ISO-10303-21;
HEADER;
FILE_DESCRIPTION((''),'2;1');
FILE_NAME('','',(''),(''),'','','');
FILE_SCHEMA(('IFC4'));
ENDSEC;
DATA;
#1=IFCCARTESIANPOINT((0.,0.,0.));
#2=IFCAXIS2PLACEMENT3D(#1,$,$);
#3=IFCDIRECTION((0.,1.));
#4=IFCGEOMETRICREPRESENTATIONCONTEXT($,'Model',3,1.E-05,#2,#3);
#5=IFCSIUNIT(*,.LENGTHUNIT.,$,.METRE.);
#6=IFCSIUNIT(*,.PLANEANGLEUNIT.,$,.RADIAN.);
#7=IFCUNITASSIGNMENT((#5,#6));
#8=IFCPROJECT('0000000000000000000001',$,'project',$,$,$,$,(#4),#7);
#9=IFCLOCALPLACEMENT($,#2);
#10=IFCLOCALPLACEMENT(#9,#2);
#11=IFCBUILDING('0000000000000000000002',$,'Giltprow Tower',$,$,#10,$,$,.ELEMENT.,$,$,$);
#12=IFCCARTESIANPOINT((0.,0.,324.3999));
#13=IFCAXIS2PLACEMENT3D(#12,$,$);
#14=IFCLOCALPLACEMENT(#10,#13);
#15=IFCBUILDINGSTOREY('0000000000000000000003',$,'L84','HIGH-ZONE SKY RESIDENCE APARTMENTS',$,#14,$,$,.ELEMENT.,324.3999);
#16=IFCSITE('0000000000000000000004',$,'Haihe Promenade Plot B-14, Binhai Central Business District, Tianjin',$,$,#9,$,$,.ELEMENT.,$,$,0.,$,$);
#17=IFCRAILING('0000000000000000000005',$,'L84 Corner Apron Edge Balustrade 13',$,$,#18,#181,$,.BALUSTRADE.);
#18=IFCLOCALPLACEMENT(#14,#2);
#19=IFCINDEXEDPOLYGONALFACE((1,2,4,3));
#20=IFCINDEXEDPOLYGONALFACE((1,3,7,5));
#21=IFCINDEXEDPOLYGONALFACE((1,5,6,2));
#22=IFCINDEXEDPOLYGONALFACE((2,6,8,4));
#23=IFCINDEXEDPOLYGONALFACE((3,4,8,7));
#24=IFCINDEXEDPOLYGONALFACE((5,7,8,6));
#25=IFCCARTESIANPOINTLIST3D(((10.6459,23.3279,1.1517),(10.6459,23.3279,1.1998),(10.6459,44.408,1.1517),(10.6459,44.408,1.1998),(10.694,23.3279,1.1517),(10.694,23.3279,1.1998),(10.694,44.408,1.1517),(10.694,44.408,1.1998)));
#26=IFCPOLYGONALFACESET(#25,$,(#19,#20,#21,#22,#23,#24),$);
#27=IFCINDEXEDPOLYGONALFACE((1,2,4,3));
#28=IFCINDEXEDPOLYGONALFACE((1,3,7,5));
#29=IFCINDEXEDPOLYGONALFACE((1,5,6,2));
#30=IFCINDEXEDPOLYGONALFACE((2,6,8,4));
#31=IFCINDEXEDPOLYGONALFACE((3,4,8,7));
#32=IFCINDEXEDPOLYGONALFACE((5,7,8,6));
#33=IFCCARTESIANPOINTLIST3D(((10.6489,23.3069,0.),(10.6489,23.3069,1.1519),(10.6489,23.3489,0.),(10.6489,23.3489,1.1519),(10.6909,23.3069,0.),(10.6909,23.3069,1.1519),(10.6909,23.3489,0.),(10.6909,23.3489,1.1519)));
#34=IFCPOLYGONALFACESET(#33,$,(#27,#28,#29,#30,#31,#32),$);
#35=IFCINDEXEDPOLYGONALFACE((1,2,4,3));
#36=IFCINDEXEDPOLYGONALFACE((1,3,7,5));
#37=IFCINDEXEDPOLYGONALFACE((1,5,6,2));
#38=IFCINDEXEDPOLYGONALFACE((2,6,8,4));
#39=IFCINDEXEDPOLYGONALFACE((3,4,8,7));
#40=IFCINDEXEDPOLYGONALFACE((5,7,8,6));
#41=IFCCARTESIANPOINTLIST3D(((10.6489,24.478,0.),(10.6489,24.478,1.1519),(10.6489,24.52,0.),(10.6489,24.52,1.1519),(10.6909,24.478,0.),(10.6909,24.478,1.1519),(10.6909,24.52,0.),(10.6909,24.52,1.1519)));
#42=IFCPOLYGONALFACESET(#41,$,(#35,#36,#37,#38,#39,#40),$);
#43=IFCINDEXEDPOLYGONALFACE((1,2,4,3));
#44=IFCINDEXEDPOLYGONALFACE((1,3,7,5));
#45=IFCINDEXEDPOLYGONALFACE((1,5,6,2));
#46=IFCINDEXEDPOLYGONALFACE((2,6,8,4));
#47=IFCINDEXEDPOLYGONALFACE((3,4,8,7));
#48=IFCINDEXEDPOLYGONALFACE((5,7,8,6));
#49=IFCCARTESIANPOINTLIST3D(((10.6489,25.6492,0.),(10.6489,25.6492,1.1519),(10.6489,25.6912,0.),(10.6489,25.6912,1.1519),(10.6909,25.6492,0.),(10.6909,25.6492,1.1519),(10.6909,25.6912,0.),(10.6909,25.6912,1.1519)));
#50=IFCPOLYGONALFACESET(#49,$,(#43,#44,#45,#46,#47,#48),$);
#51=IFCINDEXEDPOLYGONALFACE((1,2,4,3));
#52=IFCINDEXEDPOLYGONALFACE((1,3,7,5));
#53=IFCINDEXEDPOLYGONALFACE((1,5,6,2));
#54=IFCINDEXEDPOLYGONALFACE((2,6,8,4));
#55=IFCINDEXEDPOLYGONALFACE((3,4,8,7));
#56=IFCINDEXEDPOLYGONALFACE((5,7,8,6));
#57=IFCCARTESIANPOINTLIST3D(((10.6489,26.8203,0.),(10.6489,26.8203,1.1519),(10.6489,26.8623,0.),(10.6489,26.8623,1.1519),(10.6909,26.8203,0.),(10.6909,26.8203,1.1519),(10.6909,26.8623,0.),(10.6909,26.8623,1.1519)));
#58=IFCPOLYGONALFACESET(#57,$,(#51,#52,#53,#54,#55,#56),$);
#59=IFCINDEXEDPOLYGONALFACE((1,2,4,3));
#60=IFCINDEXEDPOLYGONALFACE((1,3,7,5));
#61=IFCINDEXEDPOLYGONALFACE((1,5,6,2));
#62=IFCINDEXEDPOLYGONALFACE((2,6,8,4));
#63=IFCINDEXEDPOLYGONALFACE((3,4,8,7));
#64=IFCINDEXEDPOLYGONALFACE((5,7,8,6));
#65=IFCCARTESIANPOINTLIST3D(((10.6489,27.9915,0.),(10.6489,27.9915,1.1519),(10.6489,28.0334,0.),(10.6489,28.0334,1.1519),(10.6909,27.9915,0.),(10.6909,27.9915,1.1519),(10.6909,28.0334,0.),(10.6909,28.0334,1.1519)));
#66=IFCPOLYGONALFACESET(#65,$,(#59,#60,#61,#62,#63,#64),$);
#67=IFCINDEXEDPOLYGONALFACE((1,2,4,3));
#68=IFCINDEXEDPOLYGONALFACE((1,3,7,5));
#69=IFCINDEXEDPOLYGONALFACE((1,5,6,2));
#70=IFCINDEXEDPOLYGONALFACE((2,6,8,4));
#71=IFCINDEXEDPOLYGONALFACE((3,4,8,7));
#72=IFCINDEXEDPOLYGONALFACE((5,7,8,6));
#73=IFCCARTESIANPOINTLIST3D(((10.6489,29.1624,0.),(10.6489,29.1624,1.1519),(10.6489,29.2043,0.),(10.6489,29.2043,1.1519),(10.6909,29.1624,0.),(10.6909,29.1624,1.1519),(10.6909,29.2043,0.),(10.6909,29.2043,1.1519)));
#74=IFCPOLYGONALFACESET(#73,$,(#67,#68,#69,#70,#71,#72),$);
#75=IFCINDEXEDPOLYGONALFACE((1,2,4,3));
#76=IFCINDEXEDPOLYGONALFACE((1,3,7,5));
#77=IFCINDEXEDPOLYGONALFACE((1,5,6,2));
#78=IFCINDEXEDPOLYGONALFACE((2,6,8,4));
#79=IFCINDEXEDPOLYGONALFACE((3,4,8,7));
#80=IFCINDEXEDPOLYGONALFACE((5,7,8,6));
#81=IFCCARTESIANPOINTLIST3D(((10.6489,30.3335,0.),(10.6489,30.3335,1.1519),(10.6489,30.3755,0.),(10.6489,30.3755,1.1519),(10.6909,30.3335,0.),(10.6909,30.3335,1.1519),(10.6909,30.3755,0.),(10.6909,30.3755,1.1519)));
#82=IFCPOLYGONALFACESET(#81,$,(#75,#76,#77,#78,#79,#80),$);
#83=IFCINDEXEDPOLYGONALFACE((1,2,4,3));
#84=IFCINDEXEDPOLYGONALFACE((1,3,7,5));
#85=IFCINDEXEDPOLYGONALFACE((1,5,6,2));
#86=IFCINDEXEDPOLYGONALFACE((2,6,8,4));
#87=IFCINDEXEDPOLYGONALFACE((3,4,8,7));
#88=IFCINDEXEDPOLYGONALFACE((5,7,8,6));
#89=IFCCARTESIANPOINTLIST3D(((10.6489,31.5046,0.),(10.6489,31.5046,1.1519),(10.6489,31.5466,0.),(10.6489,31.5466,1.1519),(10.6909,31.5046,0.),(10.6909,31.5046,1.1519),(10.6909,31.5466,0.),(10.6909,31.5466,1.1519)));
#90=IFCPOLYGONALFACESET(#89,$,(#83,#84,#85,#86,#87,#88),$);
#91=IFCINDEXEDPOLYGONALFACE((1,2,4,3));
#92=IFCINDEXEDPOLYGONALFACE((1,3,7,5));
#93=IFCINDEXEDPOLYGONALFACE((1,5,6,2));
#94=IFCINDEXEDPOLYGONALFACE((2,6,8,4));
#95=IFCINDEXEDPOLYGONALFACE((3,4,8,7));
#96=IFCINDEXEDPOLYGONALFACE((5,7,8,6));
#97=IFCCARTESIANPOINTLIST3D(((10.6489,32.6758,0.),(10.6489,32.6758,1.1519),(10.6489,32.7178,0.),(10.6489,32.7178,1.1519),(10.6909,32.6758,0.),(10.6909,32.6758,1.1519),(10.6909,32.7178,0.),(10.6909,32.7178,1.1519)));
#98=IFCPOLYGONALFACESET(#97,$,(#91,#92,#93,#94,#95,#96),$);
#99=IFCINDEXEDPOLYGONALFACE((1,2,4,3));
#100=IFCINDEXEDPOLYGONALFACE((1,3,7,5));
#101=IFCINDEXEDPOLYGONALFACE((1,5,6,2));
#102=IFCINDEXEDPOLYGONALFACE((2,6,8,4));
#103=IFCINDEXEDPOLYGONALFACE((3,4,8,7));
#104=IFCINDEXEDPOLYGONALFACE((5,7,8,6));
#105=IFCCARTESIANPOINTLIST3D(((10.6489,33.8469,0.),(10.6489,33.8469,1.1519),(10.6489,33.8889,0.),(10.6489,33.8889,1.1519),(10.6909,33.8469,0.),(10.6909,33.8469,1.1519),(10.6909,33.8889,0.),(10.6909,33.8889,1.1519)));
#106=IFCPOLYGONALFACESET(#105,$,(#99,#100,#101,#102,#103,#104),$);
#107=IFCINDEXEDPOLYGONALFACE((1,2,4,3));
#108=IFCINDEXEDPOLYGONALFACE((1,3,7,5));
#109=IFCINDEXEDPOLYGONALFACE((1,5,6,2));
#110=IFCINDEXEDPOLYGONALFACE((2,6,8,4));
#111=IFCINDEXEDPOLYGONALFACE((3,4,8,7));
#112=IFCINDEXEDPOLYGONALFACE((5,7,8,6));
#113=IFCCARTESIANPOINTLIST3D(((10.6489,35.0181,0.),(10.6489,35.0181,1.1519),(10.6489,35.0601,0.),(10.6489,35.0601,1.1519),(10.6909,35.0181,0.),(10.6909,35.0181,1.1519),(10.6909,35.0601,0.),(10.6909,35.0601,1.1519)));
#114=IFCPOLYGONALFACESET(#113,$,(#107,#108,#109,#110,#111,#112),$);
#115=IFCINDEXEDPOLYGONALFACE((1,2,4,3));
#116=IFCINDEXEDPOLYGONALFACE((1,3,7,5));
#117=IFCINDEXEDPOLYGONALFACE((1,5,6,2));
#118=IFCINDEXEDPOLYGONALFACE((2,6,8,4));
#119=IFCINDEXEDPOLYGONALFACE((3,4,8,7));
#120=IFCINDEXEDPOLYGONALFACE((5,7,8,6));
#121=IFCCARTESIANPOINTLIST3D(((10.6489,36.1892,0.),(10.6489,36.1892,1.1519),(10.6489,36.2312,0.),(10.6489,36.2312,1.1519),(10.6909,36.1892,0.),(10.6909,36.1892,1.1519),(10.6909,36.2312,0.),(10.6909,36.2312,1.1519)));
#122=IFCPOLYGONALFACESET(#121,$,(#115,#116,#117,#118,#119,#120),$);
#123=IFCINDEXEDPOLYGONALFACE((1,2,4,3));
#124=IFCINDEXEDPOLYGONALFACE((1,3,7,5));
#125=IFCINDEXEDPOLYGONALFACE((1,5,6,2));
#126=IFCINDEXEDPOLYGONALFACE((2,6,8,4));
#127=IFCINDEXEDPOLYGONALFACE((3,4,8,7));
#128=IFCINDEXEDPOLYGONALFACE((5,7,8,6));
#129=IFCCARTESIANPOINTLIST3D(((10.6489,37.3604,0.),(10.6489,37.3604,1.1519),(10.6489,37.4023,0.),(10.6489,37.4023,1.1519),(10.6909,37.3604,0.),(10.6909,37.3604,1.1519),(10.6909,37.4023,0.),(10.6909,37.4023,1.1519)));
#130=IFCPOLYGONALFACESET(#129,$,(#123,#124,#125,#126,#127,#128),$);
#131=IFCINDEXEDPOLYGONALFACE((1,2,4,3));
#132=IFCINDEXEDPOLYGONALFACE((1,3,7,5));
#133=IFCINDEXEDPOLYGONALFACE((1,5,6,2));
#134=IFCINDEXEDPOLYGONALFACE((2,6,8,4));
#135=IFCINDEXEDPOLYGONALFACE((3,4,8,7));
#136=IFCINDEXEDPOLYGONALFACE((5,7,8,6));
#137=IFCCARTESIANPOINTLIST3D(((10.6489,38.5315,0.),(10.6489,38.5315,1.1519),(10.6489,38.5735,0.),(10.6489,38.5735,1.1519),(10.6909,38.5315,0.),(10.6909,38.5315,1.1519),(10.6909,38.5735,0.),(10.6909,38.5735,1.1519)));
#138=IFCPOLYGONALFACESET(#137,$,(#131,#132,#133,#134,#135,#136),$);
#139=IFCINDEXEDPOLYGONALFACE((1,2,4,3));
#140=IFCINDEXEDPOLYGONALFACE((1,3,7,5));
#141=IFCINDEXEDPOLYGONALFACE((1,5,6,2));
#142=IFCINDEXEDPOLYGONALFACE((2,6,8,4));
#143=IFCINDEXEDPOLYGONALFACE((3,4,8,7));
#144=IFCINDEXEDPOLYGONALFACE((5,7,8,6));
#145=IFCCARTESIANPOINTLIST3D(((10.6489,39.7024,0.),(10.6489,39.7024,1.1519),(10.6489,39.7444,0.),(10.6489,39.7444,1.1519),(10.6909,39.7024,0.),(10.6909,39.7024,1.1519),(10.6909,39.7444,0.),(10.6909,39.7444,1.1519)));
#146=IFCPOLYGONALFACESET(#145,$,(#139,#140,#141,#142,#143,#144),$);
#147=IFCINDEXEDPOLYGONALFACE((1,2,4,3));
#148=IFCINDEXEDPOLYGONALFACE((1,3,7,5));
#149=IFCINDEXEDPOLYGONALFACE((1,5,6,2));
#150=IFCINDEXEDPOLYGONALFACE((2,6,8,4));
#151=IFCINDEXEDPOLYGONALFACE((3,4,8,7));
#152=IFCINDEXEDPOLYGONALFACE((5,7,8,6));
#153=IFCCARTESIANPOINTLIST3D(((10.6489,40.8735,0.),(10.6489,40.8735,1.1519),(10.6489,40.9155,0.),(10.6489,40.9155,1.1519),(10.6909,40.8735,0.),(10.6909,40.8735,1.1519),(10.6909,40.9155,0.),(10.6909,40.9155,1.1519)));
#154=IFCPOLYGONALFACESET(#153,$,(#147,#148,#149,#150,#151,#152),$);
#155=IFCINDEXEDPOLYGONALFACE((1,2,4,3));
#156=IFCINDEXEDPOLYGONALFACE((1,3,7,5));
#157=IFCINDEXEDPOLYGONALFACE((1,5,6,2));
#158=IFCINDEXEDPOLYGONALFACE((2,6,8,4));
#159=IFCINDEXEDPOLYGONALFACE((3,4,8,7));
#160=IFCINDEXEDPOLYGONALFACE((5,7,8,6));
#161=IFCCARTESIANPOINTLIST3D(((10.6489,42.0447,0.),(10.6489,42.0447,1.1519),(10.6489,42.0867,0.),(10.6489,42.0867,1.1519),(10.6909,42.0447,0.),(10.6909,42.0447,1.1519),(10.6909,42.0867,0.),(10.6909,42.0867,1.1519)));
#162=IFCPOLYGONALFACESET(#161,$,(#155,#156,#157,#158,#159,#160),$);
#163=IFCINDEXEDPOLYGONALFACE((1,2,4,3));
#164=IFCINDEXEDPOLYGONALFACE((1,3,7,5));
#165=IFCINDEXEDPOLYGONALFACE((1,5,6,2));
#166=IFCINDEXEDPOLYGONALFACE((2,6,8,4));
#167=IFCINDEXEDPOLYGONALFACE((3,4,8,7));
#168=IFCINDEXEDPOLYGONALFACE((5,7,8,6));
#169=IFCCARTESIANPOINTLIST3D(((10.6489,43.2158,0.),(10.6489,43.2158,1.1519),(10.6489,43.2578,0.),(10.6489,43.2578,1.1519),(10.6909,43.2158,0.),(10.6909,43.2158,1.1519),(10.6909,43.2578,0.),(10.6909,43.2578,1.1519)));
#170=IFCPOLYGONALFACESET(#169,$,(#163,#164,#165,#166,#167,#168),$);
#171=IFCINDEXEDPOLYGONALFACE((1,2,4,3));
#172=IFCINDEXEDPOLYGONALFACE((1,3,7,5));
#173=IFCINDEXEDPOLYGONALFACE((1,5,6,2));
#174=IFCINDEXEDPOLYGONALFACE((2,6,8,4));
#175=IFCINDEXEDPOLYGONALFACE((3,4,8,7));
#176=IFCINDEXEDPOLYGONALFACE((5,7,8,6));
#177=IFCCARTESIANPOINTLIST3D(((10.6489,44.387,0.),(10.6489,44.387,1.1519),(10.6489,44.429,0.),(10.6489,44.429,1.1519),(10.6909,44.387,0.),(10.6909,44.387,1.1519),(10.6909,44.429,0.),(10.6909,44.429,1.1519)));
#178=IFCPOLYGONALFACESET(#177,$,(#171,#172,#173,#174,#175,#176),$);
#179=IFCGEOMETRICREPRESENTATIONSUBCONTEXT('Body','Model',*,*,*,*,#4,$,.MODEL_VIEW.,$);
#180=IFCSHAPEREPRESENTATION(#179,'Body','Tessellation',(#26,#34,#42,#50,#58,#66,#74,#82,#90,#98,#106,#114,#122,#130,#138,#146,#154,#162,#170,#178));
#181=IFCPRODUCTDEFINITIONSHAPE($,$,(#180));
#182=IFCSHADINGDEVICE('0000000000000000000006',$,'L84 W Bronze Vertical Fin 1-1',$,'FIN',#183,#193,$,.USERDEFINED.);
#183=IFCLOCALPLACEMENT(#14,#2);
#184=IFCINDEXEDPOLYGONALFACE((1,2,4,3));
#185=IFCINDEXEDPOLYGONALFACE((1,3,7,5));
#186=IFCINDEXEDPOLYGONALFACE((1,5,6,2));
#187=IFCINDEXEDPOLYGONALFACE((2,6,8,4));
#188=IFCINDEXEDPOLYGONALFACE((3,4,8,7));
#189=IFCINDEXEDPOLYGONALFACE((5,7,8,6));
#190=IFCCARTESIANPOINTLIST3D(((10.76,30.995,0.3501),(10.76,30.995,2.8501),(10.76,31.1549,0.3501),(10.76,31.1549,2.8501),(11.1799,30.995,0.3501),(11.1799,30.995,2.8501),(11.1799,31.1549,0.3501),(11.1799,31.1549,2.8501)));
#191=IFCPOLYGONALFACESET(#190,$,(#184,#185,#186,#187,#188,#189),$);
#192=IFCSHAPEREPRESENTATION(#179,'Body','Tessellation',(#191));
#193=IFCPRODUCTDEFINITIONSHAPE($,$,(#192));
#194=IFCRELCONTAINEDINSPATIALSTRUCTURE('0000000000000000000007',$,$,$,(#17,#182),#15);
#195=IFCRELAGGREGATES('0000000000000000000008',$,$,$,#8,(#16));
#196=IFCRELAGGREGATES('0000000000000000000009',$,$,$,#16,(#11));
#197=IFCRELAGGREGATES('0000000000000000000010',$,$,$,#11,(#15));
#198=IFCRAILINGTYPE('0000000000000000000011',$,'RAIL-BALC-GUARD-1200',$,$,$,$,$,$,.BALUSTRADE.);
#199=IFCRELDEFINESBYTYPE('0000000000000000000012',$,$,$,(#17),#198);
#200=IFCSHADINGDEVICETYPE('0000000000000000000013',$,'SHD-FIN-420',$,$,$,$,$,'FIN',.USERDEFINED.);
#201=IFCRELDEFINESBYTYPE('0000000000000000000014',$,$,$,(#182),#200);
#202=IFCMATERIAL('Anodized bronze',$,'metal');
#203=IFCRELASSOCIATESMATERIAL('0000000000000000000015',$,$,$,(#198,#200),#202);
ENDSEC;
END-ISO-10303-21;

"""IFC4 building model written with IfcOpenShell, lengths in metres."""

from ifc_helpers import new_model, si_unit, direction, frame, origin, origin_2d, place, context, subcontext, project, spatial, rectangle, extrude, source, transform, mapped, material, type_object, element, save


model = new_model("IFC4")

# Units and contexts
model_context = context("Model", 3, precision=1e-05, world=origin(), true_north=direction((0.0, 1.0)))
body_context = subcontext(model_context, "Body", "Model", "MODEL_VIEW")
ifc_project = project(units=[si_unit("LENGTHUNIT", "METRE"), si_unit("PLANEANGLEUNIT", "RADIAN")], contexts=[model_context])

# Site, building, storey
site_placement = place(None, origin())
site = spatial("IfcSite", under=ifc_project, at=site_placement, Name="Haihe Promenade Plot B-14, Binhai Central Business District, Tianjin", CompositionType="ELEMENT", RefElevation=0.0)
building_placement = place(site_placement, origin())
building = spatial("IfcBuilding", under=site, at=building_placement, Name="Giltprow Tower", CompositionType="ELEMENT")
storey_placement = place(building_placement, frame((0.0, 0.0, 324.3999)))
storey = spatial("IfcBuildingStorey", under=building, at=storey_placement, Name="L84", Description="HIGH-ZONE SKY RESIDENCE APARTMENTS", CompositionType="ELEMENT", Elevation=324.3999)

# Railing
ifc_material_1 = material(Name="Anodized bronze", Category="metal")
railing_type = type_object("IfcRailingType", Name="RAIL-BALC-GUARD-1200", PredefinedType="BALUSTRADE", material=ifc_material_1)
railing_1_placement = place(storey_placement, frame((10.6699, 23.3279, 0.0)))
element("IfcRailing", 1, at=railing_1_placement, inside=storey, type_object=railing_type, Name="L84 Corner Apron Edge Balustrade 13", PredefinedType="BALUSTRADE", context=body_context, shape_type="SweptSolid", body=[
    extrude(rectangle(XDim=0.0481, YDim=0.0481, at=origin_2d()), frame((0.0, 0.0, 1.1758), z_axis=(0.0, 1.0, 0.0), x_axis=(-1.0, 0.0, 0.0)), (0.0, 0.0, 1.0), 21.0801),
    extrude(rectangle(XDim=0.042, YDim=0.042, at=origin_2d()), origin(), (0.0, 0.0, 1.0), 1.1519),
    extrude(rectangle(XDim=0.042, YDim=0.042, at=origin_2d()), frame((0.0, 1.1711, 0.0)), (0.0, 0.0, 1.0), 1.1519),
    extrude(rectangle(XDim=0.042, YDim=0.042, at=origin_2d()), frame((0.0, 2.3423, 0.0)), (0.0, 0.0, 1.0), 1.1519),
    extrude(rectangle(XDim=0.042, YDim=0.042, at=origin_2d()), frame((0.0, 3.5134, 0.0)), (0.0, 0.0, 1.0), 1.1519),
    extrude(rectangle(XDim=0.042, YDim=0.042, at=origin_2d()), frame((0.0, 4.6846, 0.0)), (0.0, 0.0, 1.0), 1.1519),
    extrude(rectangle(XDim=0.042, YDim=0.042, at=origin_2d()), frame((0.0, 5.8555, 0.0)), (0.0, 0.0, 1.0), 1.1519),
    extrude(rectangle(XDim=0.042, YDim=0.042, at=origin_2d()), frame((0.0, 7.0266, 0.0)), (0.0, 0.0, 1.0), 1.1519),
    extrude(rectangle(XDim=0.042, YDim=0.042, at=origin_2d()), frame((0.0, 8.1978, 0.0)), (0.0, 0.0, 1.0), 1.1519),
    extrude(rectangle(XDim=0.042, YDim=0.042, at=origin_2d()), frame((0.0, 9.3689, 0.0)), (0.0, 0.0, 1.0), 1.1519),
    extrude(rectangle(XDim=0.042, YDim=0.042, at=origin_2d()), frame((0.0, 10.54, 0.0)), (0.0, 0.0, 1.0), 1.1519),
    extrude(rectangle(XDim=0.042, YDim=0.042, at=origin_2d()), frame((0.0, 11.7112, 0.0)), (0.0, 0.0, 1.0), 1.1519),
    extrude(rectangle(XDim=0.042, YDim=0.042, at=origin_2d()), frame((0.0, 12.8823, 0.0)), (0.0, 0.0, 1.0), 1.1519),
    extrude(rectangle(XDim=0.042, YDim=0.042, at=origin_2d()), frame((0.0, 14.0535, 0.0)), (0.0, 0.0, 1.0), 1.1519),
    extrude(rectangle(XDim=0.042, YDim=0.042, at=origin_2d()), frame((0.0, 15.2246, 0.0)), (0.0, 0.0, 1.0), 1.1519),
    extrude(rectangle(XDim=0.042, YDim=0.042, at=origin_2d()), frame((0.0, 16.3955, 0.0)), (0.0, 0.0, 1.0), 1.1519),
    extrude(rectangle(XDim=0.042, YDim=0.042, at=origin_2d()), frame((0.0, 17.5667, 0.0)), (0.0, 0.0, 1.0), 1.1519),
    extrude(rectangle(XDim=0.042, YDim=0.042, at=origin_2d()), frame((0.0, 18.7378, 0.0)), (0.0, 0.0, 1.0), 1.1519),
    extrude(rectangle(XDim=0.042, YDim=0.042, at=origin_2d()), frame((0.0, 19.9089, 0.0)), (0.0, 0.0, 1.0), 1.1519),
    extrude(rectangle(XDim=0.042, YDim=0.042, at=origin_2d()), frame((0.0, 21.0801, 0.0)), (0.0, 0.0, 1.0), 1.1519),
])

# Shading device
shading_device_type = type_object("IfcShadingDeviceType", Name="SHD-FIN-420", ElementType="FIN", PredefinedType="USERDEFINED", material=ifc_material_1)
shared_shape_1 = source(origin(), body_context, "Body", "SweptSolid", [
    extrude(rectangle(XDim=0.4199, YDim=0.1599, at=origin_2d()), origin(), (0.0, 0.0, 1.0), 2.5),
])
shading_device_placement = place(storey_placement, frame((10.97, 31.075, 0.3501), z_axis=(0.0, 0.0, 1.0), x_axis=(1.0, 0.0, 0.0)))
element("IfcShadingDevice", 2, at=shading_device_placement, inside=storey, type_object=shading_device_type, Name="L84 W Bronze Vertical Fin 1-1", ObjectType="FIN", PredefinedType="USERDEFINED", context=body_context, shape_type="MappedRepresentation", body=[
    mapped(shared_shape_1, transform((0.0, 0.0, 0.0), x_axis=(1.0, 0.0, 0.0), y_axis=(0.0, 1.0, 0.0), z_axis=(0.0, 0.0, 1.0), scale=1.0)),
])

save(model, "model.ifc")
